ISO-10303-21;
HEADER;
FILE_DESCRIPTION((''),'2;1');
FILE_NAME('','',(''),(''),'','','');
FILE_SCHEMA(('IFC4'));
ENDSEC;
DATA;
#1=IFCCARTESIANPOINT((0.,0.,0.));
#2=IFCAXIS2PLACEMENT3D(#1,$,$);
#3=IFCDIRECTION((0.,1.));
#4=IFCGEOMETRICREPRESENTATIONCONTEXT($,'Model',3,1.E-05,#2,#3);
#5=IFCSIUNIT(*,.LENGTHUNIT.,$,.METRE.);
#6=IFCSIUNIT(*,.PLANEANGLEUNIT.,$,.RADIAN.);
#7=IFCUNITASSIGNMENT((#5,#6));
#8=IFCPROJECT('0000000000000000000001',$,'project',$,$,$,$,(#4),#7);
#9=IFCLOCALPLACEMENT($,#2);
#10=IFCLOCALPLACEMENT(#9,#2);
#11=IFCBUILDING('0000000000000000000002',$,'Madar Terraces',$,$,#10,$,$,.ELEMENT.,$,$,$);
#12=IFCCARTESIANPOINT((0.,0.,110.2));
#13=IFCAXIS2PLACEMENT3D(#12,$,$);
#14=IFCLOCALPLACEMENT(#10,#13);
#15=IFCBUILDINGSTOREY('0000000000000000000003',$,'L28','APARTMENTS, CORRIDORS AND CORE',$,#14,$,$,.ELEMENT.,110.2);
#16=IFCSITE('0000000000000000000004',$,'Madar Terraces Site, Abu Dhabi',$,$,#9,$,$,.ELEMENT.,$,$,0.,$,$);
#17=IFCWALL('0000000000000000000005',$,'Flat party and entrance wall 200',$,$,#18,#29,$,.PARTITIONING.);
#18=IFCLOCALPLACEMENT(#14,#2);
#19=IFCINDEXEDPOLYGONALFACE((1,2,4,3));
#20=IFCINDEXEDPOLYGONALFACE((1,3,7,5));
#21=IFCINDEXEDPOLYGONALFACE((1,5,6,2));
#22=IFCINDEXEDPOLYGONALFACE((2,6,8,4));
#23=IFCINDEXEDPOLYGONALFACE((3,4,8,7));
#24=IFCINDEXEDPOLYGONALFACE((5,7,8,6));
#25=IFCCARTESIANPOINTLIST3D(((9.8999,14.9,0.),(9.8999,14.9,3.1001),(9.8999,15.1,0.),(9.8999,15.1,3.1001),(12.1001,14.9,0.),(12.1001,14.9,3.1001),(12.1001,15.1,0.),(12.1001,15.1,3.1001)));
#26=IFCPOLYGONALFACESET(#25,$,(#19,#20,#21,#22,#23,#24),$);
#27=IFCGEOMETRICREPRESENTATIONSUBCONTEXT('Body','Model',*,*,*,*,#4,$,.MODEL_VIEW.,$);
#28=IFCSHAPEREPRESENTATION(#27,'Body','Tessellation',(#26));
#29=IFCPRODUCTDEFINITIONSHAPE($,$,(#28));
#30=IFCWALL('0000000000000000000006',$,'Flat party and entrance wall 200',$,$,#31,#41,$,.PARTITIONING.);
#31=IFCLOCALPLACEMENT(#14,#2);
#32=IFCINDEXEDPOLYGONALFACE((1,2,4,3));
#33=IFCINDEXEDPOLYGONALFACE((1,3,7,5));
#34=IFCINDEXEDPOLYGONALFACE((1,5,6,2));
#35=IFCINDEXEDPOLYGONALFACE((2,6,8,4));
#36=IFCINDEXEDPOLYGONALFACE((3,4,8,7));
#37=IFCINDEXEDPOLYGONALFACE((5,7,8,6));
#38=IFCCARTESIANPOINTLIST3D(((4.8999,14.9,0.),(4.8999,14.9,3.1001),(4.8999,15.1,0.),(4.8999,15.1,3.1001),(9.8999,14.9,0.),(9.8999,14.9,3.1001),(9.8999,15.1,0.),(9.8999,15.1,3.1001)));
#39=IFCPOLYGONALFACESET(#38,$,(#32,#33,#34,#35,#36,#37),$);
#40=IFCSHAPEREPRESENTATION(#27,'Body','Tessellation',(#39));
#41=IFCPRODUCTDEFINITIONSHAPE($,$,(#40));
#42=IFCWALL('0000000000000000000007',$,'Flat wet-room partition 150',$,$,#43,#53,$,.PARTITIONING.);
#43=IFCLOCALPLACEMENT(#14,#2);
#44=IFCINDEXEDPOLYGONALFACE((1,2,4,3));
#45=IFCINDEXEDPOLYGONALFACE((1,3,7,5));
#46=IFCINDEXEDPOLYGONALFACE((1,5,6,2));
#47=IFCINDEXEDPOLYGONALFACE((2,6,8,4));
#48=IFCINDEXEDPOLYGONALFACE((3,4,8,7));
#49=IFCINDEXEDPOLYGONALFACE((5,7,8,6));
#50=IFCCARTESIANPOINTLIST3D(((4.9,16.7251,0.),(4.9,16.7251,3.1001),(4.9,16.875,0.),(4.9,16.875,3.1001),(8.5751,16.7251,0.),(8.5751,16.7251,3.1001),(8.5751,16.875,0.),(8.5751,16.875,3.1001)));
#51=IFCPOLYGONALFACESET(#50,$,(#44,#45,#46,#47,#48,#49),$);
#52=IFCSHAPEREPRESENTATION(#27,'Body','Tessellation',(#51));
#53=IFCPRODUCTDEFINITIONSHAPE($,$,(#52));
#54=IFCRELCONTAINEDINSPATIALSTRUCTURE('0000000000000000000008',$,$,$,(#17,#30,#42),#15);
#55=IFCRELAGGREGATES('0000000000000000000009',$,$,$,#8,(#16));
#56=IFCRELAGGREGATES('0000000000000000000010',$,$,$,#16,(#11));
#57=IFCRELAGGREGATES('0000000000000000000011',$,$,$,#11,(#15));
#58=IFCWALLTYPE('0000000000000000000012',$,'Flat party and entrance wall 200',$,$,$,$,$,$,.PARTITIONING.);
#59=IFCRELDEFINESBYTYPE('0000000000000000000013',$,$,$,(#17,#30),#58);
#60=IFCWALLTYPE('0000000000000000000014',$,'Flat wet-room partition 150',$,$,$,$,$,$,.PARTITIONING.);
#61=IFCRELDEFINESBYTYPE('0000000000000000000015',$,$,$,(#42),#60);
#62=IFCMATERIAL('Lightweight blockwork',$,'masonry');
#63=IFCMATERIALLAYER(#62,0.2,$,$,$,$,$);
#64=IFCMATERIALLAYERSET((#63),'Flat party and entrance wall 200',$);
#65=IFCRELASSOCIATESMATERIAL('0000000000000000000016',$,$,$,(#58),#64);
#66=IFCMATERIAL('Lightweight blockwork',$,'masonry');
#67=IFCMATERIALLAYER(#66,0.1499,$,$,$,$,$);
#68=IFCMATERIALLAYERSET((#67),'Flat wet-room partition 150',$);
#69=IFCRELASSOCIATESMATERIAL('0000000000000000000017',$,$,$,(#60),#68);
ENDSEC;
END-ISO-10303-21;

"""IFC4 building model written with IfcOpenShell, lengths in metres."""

from ifc_helpers import new_model, si_unit, direction, frame, frame_2d, origin, place, context, subcontext, project, spatial, rectangle, extrude, material, layer, layer_set, type_object, element, save


model = new_model("IFC4")

# Units and contexts
model_context = context("Model", 3, precision=1e-05, world=origin(), true_north=direction((0.0, 1.0)))
body_context = subcontext(model_context, "Body", "Model", "MODEL_VIEW")
ifc_project = project(units=[si_unit("LENGTHUNIT", "METRE"), si_unit("PLANEANGLEUNIT", "RADIAN")], contexts=[model_context])

# Site, building, storey
site_placement = place(None, origin())
site = spatial("IfcSite", under=ifc_project, at=site_placement, Name="Madar Terraces Site, Abu Dhabi", CompositionType="ELEMENT", RefElevation=0.0)
building_placement = place(site_placement, origin())
building = spatial("IfcBuilding", under=site, at=building_placement, Name="Madar Terraces", CompositionType="ELEMENT")
storey_placement = place(building_placement, frame((0.0, 0.0, 110.2)))
storey = spatial("IfcBuildingStorey", under=building, at=storey_placement, Name="L28", Description="APARTMENTS, CORRIDORS AND CORE", CompositionType="ELEMENT", Elevation=110.2)

# Shared definitions
ifc_material_1 = material(Name="Lightweight blockwork", Category="masonry")
ifc_layer_1 = layer(ifc_material_1, 0.2)
ifc_layer_set_1 = layer_set([ifc_layer_1], Name="Flat party and entrance wall 200")
wall_type_1 = type_object("IfcWallType", Name="Flat party and entrance wall 200", PredefinedType="PARTITIONING", material=ifc_layer_set_1)

# Walls
wall_1_placement = place(storey_placement, frame((9.8999, 15.0, 0.0), z_axis=(0.0, 0.0, 1.0), x_axis=(1.0, 0.0, 0.0)))
element("IfcWall", 1, at=wall_1_placement, inside=storey, type_object=wall_type_1, Name="Flat party and entrance wall 200", PredefinedType="PARTITIONING", context=body_context, shape_type="SweptSolid", body=[
    extrude(rectangle(XDim=2.2002, YDim=0.2, at=frame_2d((1.1001, 0.0))), origin(), (0.0, 0.0, 1.0), 3.1001),
])
wall_2_placement = place(storey_placement, frame((4.8999, 15.0, 0.0), z_axis=(0.0, 0.0, 1.0), x_axis=(1.0, 0.0, 0.0)))
element("IfcWall", 2, at=wall_2_placement, inside=storey, type_object=wall_type_1, Name="Flat party and entrance wall 200", PredefinedType="PARTITIONING", context=body_context, shape_type="SweptSolid", body=[
    extrude(rectangle(XDim=5.0, YDim=0.2, at=frame_2d((2.5, 0.0))), origin(), (0.0, 0.0, 1.0), 3.1001),
])
ifc_material_2 = material(Name="Lightweight blockwork", Category="masonry")
ifc_layer_2 = layer(ifc_material_2, 0.1499)
ifc_layer_set_2 = layer_set([ifc_layer_2], Name="Flat wet-room partition 150")
wall_type_2 = type_object("IfcWallType", Name="Flat wet-room partition 150", PredefinedType="PARTITIONING", material=ifc_layer_set_2)
wall_3_placement = place(storey_placement, frame((8.575, 16.8, 0.0), z_axis=(0.0, 0.0, 1.0), x_axis=(-1.0, 0.0, 0.0)))
element("IfcWall", 3, at=wall_3_placement, inside=storey, type_object=wall_type_2, Name="Flat wet-room partition 150", PredefinedType="PARTITIONING", context=body_context, shape_type="SweptSolid", body=[
    extrude(rectangle(XDim=3.675, YDim=0.1499, at=frame_2d((1.8374, 0.0))), origin(), (0.0, 0.0, 1.0), 3.1001),
])

save(model, "model.ifc")
